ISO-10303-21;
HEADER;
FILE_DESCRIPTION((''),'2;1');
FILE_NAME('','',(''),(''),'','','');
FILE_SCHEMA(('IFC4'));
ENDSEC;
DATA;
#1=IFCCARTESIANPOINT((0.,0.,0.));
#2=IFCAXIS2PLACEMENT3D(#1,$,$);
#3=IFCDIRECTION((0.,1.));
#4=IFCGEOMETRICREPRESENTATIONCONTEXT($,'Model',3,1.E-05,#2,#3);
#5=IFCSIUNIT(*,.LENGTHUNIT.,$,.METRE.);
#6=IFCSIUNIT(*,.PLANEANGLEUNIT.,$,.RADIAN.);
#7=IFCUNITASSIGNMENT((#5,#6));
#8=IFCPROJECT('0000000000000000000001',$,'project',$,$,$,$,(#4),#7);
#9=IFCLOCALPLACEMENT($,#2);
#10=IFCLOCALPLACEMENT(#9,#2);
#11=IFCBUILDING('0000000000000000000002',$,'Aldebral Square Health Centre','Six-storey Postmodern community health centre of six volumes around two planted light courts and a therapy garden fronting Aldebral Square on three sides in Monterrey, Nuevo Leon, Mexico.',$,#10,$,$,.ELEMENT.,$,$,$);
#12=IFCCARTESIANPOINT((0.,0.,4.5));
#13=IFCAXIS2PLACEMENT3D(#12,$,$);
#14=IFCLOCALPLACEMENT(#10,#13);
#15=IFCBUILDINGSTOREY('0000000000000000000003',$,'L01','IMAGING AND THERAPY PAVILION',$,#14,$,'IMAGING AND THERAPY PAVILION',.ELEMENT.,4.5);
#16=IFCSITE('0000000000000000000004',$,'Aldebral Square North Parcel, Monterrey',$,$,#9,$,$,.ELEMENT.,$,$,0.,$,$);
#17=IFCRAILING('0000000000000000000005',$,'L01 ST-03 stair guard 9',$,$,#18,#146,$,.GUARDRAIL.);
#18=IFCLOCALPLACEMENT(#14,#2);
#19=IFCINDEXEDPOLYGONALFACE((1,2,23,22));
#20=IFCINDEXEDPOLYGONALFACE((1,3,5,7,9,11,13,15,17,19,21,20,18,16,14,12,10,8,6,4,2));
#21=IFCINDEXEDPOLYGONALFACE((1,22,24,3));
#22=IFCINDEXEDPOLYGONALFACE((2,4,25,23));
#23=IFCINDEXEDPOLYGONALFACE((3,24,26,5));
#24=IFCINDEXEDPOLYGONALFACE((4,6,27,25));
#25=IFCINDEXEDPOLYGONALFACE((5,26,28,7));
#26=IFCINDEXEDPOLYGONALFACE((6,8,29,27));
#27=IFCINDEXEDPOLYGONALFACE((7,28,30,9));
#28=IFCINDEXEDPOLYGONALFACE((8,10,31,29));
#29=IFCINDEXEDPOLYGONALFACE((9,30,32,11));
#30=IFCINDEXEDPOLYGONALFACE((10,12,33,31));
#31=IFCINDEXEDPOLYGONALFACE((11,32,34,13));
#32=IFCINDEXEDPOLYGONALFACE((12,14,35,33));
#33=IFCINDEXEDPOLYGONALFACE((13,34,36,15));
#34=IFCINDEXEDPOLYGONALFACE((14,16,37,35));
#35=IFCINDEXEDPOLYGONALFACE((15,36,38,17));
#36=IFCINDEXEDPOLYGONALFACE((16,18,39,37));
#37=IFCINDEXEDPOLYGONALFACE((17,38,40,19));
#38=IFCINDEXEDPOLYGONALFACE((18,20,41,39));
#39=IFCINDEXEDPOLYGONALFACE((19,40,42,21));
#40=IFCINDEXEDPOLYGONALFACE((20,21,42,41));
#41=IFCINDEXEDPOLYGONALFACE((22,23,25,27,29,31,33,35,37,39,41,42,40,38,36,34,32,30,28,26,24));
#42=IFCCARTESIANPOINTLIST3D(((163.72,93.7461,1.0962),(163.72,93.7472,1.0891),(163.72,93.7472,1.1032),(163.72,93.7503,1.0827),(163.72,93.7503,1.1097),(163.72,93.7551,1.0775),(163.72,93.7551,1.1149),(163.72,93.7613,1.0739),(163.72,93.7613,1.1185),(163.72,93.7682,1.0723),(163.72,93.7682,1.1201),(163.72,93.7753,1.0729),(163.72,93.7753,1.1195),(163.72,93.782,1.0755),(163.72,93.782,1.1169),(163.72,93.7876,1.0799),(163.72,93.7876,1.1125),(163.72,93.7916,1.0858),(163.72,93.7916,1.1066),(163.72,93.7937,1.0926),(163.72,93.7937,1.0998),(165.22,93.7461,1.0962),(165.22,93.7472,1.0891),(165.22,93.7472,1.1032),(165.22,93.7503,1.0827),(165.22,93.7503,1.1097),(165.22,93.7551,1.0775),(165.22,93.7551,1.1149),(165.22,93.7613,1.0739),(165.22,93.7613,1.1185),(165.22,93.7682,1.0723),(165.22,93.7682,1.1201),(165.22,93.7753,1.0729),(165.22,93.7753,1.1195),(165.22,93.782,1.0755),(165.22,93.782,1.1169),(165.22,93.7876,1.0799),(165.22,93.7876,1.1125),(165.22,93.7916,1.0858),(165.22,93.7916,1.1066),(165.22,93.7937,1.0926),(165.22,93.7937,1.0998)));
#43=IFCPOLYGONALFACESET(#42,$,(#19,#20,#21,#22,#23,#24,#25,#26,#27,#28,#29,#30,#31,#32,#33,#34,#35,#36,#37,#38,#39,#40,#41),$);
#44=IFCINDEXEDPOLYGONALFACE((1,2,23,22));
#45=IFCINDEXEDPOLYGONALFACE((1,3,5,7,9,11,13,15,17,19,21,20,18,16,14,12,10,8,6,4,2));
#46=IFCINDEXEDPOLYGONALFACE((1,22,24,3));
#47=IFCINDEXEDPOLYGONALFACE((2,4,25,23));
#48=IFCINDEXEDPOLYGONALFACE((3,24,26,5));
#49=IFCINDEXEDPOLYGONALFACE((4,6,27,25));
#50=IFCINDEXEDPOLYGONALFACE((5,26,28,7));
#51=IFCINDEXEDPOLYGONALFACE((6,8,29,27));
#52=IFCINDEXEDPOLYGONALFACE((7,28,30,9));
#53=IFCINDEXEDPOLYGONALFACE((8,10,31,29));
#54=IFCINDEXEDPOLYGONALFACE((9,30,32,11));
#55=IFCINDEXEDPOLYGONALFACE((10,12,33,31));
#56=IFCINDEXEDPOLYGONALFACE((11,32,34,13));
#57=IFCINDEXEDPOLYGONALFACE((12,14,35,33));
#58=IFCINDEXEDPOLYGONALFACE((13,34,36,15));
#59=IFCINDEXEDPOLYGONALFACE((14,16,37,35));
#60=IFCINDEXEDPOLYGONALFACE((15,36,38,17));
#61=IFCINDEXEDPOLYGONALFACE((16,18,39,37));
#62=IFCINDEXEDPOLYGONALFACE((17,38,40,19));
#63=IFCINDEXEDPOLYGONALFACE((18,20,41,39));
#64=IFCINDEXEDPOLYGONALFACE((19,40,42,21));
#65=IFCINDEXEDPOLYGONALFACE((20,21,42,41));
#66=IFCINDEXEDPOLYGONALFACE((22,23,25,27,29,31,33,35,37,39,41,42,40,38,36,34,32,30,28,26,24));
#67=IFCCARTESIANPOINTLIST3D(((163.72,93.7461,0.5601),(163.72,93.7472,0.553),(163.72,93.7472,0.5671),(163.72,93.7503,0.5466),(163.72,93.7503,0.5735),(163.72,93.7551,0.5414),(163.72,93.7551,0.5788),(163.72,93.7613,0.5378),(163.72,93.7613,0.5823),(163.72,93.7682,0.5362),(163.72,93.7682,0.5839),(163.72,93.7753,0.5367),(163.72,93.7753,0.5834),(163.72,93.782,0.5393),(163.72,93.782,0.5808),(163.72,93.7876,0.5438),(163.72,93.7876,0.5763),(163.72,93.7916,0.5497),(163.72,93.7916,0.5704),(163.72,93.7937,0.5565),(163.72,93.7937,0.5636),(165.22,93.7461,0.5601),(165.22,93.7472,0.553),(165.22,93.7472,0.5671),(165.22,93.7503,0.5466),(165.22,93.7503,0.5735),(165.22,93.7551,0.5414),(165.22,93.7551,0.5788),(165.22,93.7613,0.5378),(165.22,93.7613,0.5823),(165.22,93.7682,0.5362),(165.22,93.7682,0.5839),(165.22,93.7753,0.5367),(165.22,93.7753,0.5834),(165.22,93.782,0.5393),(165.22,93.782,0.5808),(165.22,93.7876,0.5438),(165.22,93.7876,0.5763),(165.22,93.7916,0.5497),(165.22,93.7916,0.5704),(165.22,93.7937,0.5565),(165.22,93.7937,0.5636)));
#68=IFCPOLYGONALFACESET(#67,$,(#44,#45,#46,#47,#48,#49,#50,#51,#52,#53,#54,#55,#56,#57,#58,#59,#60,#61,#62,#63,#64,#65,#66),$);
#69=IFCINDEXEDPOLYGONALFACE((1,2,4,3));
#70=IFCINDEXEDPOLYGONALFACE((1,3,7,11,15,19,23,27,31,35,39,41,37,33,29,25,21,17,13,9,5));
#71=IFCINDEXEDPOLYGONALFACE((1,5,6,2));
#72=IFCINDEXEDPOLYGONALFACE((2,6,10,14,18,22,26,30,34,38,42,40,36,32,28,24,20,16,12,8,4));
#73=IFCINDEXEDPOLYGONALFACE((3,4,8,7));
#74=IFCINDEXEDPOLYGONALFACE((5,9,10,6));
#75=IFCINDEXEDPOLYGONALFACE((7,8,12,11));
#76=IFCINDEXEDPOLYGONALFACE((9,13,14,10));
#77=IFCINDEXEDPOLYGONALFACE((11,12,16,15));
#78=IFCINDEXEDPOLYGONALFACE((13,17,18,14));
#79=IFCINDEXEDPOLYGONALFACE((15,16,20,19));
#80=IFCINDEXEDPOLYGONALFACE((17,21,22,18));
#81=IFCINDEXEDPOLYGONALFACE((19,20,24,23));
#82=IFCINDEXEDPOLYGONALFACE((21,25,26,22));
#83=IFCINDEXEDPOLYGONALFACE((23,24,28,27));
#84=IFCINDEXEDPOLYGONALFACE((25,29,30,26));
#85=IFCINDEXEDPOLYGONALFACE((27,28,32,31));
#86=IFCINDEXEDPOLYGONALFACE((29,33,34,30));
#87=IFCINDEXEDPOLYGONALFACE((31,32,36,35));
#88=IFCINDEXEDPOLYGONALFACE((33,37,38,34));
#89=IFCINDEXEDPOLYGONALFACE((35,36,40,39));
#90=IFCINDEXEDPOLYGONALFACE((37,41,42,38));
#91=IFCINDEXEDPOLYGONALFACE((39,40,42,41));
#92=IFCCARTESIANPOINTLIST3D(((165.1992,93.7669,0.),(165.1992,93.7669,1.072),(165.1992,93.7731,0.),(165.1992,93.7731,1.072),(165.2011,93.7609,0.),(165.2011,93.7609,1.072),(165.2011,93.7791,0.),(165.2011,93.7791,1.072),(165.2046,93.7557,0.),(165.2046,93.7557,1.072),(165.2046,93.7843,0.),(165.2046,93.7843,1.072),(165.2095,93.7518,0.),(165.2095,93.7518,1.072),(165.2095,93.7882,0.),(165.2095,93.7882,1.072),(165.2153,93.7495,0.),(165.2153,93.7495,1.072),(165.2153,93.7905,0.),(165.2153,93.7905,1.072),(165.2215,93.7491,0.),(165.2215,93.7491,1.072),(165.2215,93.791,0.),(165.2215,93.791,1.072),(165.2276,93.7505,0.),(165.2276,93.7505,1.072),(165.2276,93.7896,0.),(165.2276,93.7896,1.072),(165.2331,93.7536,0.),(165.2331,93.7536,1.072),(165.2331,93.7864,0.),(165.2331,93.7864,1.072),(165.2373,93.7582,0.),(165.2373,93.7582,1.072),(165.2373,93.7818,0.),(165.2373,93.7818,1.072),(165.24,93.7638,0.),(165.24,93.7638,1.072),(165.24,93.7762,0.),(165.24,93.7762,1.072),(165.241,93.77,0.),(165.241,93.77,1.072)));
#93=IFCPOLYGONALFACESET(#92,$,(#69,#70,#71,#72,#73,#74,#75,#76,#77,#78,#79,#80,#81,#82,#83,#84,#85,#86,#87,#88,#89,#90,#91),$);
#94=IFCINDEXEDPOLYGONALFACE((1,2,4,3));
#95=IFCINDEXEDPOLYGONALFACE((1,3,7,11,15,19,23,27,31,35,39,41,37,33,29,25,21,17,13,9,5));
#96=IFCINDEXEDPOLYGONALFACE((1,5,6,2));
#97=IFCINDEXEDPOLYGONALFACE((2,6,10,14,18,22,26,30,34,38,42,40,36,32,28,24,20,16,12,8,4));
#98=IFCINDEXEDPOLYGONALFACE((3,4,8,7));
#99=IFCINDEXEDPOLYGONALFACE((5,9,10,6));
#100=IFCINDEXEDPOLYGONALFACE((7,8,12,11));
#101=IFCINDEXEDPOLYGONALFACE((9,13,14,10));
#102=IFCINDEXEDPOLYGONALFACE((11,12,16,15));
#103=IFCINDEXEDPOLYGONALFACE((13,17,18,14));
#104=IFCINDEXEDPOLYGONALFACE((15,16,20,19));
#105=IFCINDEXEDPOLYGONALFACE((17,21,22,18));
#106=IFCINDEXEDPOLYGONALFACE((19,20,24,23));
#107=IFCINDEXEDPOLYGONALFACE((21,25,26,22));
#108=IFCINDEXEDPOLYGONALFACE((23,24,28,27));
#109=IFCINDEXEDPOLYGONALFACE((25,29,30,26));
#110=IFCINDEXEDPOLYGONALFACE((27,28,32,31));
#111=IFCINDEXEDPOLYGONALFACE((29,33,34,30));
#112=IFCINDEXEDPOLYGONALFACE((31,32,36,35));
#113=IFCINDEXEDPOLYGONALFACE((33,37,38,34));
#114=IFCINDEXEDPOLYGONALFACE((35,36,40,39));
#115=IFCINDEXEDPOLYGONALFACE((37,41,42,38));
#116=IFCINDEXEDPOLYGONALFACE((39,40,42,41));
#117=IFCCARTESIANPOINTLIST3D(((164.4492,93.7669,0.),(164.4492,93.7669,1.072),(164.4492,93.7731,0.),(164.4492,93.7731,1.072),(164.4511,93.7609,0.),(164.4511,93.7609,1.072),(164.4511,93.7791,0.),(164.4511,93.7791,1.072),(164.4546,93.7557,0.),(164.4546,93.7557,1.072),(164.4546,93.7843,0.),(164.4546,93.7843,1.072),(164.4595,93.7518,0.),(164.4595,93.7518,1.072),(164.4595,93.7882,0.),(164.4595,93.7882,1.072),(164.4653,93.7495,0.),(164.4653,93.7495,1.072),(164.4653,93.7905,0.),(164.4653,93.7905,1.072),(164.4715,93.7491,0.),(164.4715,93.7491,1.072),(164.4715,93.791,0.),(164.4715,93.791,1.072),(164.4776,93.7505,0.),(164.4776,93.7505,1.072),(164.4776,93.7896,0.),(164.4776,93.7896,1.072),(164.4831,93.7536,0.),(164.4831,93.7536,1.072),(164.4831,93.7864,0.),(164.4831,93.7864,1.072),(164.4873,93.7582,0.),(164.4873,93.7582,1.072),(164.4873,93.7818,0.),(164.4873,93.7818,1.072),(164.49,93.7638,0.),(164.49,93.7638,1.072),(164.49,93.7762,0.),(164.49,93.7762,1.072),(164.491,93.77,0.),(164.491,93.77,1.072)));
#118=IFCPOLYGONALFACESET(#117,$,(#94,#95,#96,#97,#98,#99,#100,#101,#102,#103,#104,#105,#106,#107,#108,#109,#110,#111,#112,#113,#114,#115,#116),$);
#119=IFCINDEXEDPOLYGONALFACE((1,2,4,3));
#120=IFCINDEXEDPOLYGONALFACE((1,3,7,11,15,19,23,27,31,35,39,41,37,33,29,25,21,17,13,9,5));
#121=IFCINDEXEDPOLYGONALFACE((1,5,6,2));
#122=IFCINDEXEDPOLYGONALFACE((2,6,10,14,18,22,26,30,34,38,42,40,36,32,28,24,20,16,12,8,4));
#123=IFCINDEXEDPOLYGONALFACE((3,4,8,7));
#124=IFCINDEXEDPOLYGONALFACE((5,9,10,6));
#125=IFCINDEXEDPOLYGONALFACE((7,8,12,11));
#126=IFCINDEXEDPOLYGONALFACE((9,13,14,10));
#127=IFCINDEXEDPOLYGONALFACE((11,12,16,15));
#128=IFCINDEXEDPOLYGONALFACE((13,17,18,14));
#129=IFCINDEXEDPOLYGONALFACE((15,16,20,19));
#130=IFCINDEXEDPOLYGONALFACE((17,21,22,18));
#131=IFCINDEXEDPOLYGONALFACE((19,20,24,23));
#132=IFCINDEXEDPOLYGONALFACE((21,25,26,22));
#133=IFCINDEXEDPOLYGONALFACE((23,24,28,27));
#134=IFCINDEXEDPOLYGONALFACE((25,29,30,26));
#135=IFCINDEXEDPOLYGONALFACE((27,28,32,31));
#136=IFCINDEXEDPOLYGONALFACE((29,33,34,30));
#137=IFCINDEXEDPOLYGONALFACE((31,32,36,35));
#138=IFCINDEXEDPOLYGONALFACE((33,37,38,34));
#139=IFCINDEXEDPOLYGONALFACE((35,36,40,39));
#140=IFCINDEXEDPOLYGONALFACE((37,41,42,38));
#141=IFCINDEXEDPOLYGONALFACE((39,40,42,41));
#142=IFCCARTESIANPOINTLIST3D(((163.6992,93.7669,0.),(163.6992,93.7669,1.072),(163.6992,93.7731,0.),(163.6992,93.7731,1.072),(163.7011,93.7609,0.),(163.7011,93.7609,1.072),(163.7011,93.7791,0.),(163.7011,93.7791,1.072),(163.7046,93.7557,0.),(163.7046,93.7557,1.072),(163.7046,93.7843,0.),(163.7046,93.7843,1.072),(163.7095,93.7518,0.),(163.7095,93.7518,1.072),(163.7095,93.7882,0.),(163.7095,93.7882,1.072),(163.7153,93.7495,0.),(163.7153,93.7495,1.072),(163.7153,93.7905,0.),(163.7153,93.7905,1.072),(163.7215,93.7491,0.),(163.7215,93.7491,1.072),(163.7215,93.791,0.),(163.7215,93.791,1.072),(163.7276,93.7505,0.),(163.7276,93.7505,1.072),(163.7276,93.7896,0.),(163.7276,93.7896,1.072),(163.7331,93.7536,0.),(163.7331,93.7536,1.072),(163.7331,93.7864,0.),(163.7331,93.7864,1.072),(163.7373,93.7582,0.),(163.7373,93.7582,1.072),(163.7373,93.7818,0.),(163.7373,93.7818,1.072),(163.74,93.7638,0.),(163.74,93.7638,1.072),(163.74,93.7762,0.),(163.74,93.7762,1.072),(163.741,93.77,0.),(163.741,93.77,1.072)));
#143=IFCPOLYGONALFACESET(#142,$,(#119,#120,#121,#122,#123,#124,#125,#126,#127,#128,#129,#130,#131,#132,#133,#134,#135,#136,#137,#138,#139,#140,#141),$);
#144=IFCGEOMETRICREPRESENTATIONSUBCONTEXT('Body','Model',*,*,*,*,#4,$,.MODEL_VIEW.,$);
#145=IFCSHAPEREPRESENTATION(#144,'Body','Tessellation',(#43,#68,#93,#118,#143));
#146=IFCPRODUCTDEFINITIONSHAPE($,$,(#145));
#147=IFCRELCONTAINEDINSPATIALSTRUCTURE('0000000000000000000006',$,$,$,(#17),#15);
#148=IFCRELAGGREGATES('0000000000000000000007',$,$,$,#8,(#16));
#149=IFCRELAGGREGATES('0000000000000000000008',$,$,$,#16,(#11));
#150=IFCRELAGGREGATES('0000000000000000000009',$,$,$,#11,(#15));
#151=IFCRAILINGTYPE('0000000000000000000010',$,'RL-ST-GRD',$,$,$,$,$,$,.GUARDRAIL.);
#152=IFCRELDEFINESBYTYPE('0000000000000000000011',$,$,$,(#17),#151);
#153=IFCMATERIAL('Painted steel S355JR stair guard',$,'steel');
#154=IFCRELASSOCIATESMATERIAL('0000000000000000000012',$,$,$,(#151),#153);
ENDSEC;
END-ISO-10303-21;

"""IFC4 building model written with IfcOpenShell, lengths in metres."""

from ifc_helpers import new_model, si_unit, direction, frame, origin, origin_2d, place, context, subcontext, project, spatial, circle, extrude, material, type_object, element, save


model = new_model("IFC4")

# Units and contexts
model_context = context("Model", 3, precision=1e-05, world=origin(), true_north=direction((0.0, 1.0)))
body_context = subcontext(model_context, "Body", "Model", "MODEL_VIEW")
ifc_project = project(units=[si_unit("LENGTHUNIT", "METRE"), si_unit("PLANEANGLEUNIT", "RADIAN")], contexts=[model_context])

# Site, building, storey
site_placement = place(None, origin())
site = spatial("IfcSite", under=ifc_project, at=site_placement, Name="Aldebral Square North Parcel, Monterrey", CompositionType="ELEMENT", RefElevation=0.0)
building_placement = place(site_placement, origin())
building = spatial("IfcBuilding", under=site, at=building_placement, Name="Aldebral Square Health Centre", Description="Six-storey Postmodern community health centre of six volumes around two planted light courts and a therapy garden fronting Aldebral Square on three sides in Monterrey, Nuevo Leon, Mexico.", CompositionType="ELEMENT")
storey_placement = place(building_placement, frame((0.0, 0.0, 4.5)))
storey = spatial("IfcBuildingStorey", under=building, at=storey_placement, Name="L01", Description="IMAGING AND THERAPY PAVILION", LongName="IMAGING AND THERAPY PAVILION", CompositionType="ELEMENT", Elevation=4.5)

# Railing
ifc_material_1 = material(Name="Painted steel S355JR stair guard", Category="steel")
railing_type_1 = type_object("IfcRailingType", Name="RL-ST-GRD", PredefinedType="GUARDRAIL", material=ifc_material_1)
railing_1_placement = place(storey_placement, frame((165.22, 93.77, 0.0)))
element("IfcRailing", 1, at=railing_1_placement, inside=storey, type_object=railing_type_1, Name="L01 ST-03 stair guard 9", PredefinedType="GUARDRAIL", context=body_context, shape_type="SweptSolid", body=[
    extrude(circle(Radius=0.0239, at=origin_2d()), frame((0.0, 0.0, 1.0962), z_axis=(-1.0, 0.0, 0.0), x_axis=(0.0, -1.0, 0.0)), (0.0, 0.0, 1.0), 1.5),
    extrude(circle(Radius=0.0239, at=origin_2d()), frame((0.0, 0.0, 0.5601), z_axis=(-1.0, 0.0, 0.0), x_axis=(0.0, -1.0, 0.0)), (0.0, 0.0, 1.0), 1.5),
    extrude(circle(Radius=0.021, at=origin_2d()), origin(), (0.0, 0.0, 1.0), 1.072),
    extrude(circle(Radius=0.021, at=origin_2d()), frame((-0.75, 0.0, 0.0)), (0.0, 0.0, 1.0), 1.072),
    extrude(circle(Radius=0.021, at=origin_2d()), frame((-1.5, 0.0, 0.0)), (0.0, 0.0, 1.0), 1.072),
])

save(model, "model.ifc")
